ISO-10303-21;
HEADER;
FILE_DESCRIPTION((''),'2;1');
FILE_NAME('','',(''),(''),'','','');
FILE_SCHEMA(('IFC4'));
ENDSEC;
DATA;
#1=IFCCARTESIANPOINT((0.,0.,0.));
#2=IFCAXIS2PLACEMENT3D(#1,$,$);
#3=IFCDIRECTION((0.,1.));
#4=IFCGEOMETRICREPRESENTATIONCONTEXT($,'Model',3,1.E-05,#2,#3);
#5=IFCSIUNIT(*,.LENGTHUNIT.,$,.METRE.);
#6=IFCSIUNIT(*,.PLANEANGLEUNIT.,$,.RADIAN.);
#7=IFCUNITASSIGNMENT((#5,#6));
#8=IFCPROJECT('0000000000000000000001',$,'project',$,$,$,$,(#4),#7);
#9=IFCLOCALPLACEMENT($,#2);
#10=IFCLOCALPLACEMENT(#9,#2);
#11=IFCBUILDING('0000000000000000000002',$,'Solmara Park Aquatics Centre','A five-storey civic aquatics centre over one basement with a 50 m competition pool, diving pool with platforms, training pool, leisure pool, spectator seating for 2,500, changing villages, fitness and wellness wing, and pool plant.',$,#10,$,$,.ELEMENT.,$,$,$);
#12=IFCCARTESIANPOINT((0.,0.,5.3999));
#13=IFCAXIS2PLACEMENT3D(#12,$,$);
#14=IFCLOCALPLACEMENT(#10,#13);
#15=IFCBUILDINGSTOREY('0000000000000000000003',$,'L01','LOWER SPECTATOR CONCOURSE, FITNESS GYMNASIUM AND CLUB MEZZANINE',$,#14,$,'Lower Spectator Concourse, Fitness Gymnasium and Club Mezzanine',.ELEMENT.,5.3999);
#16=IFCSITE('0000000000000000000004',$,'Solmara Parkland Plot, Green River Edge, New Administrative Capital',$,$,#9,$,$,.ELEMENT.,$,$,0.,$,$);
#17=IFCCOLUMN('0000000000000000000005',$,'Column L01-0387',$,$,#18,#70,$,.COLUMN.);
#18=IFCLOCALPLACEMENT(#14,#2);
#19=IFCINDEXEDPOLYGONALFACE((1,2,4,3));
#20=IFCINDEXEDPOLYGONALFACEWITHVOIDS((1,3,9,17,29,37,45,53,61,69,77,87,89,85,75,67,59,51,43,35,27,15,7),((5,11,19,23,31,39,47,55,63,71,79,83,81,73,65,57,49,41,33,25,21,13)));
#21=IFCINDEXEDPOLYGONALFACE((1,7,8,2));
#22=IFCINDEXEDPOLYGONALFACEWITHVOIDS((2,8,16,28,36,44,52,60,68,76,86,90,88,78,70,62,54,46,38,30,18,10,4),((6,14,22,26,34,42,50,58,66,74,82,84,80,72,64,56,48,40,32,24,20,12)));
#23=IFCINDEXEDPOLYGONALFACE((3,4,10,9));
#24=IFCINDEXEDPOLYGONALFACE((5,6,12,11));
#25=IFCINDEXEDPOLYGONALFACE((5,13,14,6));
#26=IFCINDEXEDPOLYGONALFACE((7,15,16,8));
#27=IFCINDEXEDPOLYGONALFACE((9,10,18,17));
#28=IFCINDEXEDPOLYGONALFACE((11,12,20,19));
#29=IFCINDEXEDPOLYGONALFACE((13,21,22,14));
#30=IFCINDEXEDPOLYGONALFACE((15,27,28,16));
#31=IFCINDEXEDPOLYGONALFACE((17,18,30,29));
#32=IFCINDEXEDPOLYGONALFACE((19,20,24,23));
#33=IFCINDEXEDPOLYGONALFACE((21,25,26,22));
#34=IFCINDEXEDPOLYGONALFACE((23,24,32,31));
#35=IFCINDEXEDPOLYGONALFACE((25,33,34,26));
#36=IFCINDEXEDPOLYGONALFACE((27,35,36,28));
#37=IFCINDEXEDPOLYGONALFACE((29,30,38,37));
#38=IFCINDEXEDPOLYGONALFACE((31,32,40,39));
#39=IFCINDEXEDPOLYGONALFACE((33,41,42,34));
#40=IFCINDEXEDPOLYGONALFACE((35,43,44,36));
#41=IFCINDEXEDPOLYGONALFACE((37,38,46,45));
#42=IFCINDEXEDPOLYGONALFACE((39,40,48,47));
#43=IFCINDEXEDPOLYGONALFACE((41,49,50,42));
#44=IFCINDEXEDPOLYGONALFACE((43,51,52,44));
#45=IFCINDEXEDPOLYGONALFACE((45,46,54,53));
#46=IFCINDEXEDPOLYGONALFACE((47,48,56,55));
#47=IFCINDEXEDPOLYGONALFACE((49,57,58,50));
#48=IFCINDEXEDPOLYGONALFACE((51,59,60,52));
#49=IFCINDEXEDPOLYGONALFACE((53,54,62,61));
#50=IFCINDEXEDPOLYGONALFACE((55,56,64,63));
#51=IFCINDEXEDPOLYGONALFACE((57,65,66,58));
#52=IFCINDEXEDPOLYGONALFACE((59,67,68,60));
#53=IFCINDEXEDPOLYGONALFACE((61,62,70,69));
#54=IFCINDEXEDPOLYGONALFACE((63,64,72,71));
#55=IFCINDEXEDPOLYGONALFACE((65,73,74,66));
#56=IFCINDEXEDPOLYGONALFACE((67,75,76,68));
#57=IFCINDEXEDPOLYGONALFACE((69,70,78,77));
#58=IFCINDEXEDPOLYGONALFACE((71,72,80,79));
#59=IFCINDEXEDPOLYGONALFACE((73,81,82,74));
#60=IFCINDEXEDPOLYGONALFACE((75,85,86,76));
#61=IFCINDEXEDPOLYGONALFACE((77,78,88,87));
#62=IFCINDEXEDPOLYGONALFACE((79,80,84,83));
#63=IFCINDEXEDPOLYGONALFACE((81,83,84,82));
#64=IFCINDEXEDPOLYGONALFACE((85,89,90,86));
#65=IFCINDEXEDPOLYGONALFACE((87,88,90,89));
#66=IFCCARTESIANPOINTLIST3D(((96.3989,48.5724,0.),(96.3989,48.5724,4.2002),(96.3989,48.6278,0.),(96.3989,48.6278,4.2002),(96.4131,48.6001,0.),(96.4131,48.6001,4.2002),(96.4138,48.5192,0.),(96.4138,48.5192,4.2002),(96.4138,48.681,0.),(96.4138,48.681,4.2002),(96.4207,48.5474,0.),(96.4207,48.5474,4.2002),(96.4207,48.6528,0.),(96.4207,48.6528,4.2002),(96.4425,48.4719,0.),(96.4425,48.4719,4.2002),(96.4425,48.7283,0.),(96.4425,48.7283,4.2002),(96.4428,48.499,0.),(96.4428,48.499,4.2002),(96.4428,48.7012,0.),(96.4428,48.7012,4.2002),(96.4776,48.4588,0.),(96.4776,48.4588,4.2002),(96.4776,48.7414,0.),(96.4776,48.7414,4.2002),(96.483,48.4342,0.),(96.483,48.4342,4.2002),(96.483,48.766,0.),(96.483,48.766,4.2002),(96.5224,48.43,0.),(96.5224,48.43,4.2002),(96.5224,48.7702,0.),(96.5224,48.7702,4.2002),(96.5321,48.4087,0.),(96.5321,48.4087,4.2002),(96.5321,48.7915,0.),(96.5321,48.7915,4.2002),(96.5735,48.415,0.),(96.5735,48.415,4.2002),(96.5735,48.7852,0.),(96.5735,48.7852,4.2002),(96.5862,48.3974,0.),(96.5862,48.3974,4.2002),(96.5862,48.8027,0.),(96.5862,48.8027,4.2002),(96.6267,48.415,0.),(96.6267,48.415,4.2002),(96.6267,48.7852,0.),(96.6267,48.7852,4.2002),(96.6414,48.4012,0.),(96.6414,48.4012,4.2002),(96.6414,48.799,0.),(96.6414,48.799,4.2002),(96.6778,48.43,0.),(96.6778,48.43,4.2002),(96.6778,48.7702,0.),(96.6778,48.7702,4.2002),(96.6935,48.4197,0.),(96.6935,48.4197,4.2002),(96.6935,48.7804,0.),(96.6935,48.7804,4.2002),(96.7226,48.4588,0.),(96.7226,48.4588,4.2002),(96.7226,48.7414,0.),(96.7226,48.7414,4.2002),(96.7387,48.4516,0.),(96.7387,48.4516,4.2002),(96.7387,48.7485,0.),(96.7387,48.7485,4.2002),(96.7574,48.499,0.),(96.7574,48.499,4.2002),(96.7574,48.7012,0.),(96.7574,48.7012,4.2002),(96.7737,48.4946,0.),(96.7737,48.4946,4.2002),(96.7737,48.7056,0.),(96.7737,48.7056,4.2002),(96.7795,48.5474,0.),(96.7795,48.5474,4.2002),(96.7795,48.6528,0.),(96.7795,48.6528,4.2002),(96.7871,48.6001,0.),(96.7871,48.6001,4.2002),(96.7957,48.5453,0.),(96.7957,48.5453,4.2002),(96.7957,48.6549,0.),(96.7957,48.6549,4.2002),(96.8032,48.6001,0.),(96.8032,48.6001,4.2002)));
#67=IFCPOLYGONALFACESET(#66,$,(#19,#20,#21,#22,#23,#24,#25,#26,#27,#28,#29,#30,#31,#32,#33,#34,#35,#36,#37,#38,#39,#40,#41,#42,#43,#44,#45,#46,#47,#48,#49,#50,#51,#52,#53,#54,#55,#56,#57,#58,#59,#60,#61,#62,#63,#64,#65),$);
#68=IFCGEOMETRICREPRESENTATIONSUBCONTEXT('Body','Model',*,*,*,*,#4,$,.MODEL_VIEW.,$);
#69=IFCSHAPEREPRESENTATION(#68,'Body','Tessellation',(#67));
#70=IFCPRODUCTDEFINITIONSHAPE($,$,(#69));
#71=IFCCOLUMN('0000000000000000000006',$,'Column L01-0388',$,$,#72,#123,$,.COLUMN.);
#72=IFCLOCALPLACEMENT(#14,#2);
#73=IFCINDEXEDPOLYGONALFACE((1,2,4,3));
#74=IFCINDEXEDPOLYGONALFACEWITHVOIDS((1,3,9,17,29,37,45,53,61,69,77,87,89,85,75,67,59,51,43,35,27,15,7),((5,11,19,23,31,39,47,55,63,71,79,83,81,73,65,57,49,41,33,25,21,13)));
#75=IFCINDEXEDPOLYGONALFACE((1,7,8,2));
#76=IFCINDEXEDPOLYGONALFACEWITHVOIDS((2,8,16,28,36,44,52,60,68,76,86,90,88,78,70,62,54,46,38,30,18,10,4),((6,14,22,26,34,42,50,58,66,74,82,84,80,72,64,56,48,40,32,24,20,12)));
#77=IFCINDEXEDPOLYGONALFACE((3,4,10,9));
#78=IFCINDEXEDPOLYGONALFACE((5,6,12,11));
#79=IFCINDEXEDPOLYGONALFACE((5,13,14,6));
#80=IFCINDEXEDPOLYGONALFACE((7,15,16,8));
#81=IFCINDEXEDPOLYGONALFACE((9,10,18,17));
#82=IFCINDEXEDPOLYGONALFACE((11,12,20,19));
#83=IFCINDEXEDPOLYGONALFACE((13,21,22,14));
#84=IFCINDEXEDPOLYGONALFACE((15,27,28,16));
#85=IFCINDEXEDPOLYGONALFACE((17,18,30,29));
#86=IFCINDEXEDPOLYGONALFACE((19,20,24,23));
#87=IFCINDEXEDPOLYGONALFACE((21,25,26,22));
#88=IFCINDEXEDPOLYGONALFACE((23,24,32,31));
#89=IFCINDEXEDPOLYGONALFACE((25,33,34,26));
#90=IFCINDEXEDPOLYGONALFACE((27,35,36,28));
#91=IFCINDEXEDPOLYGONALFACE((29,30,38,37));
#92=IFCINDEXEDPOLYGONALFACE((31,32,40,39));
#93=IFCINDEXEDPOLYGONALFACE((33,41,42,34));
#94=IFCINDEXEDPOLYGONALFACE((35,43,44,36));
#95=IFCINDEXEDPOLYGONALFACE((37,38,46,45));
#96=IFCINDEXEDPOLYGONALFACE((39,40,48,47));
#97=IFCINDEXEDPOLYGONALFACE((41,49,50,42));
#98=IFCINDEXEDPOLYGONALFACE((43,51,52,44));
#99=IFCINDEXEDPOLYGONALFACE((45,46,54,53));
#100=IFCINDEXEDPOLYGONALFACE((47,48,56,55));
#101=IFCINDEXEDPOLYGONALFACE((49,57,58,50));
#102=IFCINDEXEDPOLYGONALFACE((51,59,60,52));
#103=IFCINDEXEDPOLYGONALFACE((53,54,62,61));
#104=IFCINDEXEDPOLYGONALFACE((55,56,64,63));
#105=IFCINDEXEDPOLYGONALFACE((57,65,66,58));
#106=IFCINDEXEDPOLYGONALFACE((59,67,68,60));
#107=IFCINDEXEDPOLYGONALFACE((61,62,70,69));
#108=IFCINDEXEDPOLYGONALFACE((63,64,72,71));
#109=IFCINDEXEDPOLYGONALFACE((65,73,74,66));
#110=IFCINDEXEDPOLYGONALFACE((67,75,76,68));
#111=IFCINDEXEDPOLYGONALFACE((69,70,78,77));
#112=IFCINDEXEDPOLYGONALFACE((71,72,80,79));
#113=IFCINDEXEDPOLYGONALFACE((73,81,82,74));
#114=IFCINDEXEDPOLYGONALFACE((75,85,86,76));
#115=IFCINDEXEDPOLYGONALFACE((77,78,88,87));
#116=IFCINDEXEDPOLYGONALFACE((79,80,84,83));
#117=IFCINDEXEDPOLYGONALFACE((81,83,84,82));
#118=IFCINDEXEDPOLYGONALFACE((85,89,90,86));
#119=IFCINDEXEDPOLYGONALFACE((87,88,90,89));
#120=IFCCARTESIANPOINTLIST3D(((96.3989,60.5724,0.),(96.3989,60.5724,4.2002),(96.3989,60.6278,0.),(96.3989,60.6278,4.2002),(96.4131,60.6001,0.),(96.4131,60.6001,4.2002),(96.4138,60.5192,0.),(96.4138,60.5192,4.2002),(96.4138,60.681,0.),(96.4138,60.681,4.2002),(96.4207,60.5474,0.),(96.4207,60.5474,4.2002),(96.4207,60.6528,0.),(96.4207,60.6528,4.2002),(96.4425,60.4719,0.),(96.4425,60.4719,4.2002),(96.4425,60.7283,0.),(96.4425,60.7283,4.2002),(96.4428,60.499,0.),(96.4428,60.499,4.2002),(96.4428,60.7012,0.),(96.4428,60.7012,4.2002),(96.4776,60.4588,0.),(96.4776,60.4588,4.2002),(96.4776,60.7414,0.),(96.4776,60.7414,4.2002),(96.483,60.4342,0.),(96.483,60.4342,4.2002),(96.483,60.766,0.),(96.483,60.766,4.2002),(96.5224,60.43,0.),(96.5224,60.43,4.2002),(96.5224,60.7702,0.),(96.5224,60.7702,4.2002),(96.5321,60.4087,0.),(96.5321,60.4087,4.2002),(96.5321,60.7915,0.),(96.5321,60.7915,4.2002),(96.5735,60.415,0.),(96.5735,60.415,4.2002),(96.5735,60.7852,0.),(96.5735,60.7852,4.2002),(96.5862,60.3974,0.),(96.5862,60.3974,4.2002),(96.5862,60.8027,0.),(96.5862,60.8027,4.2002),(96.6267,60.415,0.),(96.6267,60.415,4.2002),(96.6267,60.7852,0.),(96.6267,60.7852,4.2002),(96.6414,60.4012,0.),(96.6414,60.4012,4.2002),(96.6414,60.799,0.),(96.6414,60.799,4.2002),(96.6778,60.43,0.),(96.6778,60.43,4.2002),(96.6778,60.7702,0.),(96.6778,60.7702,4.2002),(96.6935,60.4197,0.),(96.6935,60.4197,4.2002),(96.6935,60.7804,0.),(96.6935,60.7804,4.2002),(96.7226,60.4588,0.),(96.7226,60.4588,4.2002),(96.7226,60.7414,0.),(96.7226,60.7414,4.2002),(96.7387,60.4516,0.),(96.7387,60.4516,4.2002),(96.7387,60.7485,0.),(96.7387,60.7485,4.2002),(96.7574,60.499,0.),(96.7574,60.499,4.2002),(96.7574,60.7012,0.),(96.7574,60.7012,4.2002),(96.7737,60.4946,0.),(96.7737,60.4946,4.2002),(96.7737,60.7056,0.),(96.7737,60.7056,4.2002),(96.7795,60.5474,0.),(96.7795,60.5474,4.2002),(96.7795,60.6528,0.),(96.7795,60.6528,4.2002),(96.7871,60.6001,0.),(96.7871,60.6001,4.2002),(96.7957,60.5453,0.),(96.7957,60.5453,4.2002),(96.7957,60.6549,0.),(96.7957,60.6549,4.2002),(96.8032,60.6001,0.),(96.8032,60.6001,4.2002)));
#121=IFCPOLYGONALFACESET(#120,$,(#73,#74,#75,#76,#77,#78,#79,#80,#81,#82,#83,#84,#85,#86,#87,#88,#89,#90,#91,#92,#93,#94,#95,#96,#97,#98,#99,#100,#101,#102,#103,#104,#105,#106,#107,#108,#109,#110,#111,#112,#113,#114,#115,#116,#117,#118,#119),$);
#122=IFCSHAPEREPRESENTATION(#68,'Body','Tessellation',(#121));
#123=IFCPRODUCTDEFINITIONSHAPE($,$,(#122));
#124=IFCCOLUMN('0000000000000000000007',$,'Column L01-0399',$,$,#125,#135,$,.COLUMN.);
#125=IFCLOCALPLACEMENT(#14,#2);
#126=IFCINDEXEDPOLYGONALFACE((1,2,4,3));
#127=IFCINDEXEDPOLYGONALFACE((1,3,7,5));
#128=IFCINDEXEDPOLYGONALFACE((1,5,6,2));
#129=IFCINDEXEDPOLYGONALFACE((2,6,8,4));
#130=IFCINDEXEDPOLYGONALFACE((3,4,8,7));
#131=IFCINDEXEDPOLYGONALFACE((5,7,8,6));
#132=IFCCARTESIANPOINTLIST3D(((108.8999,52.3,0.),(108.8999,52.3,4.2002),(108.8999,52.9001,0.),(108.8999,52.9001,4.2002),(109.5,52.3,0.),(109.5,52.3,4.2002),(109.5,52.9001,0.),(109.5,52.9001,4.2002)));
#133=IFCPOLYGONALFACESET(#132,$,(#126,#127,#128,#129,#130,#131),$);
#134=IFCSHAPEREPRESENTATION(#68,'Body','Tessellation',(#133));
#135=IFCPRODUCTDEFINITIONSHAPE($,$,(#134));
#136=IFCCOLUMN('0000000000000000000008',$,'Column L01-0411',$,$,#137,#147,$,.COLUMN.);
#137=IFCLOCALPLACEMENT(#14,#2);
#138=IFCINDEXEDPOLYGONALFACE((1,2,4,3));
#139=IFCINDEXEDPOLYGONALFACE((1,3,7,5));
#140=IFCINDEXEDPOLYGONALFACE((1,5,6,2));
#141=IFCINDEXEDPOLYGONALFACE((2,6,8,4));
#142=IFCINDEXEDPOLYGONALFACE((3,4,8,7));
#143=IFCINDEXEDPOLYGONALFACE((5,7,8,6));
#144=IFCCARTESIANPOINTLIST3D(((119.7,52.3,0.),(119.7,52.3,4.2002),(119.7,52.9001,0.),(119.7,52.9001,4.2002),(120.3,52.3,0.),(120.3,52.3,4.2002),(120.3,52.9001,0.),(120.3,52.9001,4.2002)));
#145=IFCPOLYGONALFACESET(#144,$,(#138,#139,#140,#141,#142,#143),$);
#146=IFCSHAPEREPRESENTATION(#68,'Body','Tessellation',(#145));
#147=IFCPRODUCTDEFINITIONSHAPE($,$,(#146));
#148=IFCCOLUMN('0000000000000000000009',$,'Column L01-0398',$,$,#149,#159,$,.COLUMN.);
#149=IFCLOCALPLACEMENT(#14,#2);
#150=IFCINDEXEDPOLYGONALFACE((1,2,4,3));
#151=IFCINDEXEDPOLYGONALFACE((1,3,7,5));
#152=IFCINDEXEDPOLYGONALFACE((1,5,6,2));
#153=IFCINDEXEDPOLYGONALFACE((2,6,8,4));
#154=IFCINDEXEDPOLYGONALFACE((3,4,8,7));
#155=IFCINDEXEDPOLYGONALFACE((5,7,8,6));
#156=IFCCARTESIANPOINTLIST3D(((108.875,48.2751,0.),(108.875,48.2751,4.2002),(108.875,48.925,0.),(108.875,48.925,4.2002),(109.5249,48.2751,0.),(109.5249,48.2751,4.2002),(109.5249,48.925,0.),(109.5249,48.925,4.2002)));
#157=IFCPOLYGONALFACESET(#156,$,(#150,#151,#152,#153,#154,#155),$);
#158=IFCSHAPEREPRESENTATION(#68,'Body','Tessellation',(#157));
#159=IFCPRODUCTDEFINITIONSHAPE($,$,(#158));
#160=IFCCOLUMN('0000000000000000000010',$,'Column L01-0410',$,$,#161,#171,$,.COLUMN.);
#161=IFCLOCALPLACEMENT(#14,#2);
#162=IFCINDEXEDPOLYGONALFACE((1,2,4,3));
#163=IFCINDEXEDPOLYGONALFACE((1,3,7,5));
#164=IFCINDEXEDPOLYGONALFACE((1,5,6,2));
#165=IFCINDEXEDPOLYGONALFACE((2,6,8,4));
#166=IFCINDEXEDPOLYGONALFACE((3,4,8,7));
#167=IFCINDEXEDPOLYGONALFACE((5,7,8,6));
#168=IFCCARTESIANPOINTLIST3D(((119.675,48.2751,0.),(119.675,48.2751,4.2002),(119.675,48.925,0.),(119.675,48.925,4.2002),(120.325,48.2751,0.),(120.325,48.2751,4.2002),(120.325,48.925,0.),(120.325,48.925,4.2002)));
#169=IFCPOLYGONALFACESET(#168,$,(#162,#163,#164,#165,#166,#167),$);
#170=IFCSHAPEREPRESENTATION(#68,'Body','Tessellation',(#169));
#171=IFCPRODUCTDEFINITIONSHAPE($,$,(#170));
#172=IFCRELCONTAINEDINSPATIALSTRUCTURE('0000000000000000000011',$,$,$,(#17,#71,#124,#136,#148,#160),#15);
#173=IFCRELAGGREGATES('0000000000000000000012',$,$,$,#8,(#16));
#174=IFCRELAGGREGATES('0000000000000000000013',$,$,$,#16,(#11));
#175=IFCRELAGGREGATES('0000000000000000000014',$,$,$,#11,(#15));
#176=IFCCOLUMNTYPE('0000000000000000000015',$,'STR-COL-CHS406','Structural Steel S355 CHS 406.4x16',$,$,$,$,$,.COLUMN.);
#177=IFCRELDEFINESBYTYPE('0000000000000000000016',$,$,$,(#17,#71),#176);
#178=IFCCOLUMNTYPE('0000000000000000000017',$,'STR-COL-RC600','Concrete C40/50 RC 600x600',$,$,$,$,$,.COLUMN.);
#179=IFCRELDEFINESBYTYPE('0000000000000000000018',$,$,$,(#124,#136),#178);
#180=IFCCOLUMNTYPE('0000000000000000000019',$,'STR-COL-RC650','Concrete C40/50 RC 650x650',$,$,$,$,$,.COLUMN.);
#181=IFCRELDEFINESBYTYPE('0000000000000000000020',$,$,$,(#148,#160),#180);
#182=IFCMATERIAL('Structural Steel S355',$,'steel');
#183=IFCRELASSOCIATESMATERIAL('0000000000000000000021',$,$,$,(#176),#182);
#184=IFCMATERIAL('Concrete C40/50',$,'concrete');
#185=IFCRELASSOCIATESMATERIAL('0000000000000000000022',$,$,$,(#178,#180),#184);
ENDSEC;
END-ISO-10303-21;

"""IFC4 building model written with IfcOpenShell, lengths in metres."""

from ifc_helpers import new_model, si_unit, direction, frame, origin, origin_2d, place, context, subcontext, project, spatial, rectangle, hollow_circle, extrude, material, material_profile, profile_set, type_object, element, save


model = new_model("IFC4")

# Units and contexts
model_context = context("Model", 3, precision=1e-05, world=origin(), true_north=direction((0.0, 1.0)))
body_context = subcontext(model_context, "Body", "Model", "MODEL_VIEW")
ifc_project = project(units=[si_unit("LENGTHUNIT", "METRE"), si_unit("PLANEANGLEUNIT", "RADIAN")], contexts=[model_context])

# Site, building, storey
site_placement = place(None, origin())
site = spatial("IfcSite", under=ifc_project, at=site_placement, Name="Solmara Parkland Plot, Green River Edge, New Administrative Capital", CompositionType="ELEMENT", RefElevation=0.0)
building_placement = place(site_placement, origin())
building = spatial("IfcBuilding", under=site, at=building_placement, Name="Solmara Park Aquatics Centre", Description="A five-storey civic aquatics centre over one basement with a 50 m competition pool, diving pool with platforms, training pool, leisure pool, spectator seating for 2,500, changing villages, fitness and wellness wing, and pool plant.", CompositionType="ELEMENT")
storey_placement = place(building_placement, frame((0.0, 0.0, 5.3999)))
storey = spatial("IfcBuildingStorey", under=building, at=storey_placement, Name="L01", Description="LOWER SPECTATOR CONCOURSE, FITNESS GYMNASIUM AND CLUB MEZZANINE", LongName="Lower Spectator Concourse, Fitness Gymnasium and Club Mezzanine", CompositionType="ELEMENT", Elevation=5.3999)

# Columns
ifc_material_1 = material(Name="Structural Steel S355", Category="steel")
ifc_material_profile_1 = material_profile(ifc_material_1, hollow_circle(Radius=0.2031, WallThickness=0.0161, at=origin_2d()), Name="CHS 406.4x16")
ifc_profile_set_1 = profile_set([ifc_material_profile_1], Name="Structural Steel S355")
column_type_1 = type_object("IfcColumnType", Name="STR-COL-CHS406", Description="Structural Steel S355 CHS 406.4x16", PredefinedType="COLUMN", material=ifc_profile_set_1)
for number, where, z_axis, x_axis, name in (
    (1, (96.6001, 48.6001, 0.0), (0.0, 0.0, 1.0), (1.0, 0.0, 0.0), "Column L01-0387"),
    (2, (96.6001, 60.6001, 0.0), (0.0, 0.0, 1.0), (1.0, 0.0, 0.0), "Column L01-0388"),
):
    element("IfcColumn", number, at=place(storey_placement, frame(where, z_axis=z_axis, x_axis=x_axis)), inside=storey, type_object=column_type_1, Name=name, PredefinedType="COLUMN", context=body_context, shape_type="SweptSolid", body=[
        extrude(hollow_circle(Radius=0.2031, WallThickness=0.0161, at=origin_2d()), origin(), (0.0, 0.0, 1.0), 4.2002),
    ])
ifc_material_2 = material(Name="Concrete C40/50", Category="concrete")
ifc_material_profile_2 = material_profile(ifc_material_2, rectangle(XDim=0.6001, YDim=0.6001, at=origin_2d()), Name="RC 600x600")
ifc_profile_set_2 = profile_set([ifc_material_profile_2], Name="Concrete C40/50")
column_type_2 = type_object("IfcColumnType", Name="STR-COL-RC600", Description="Concrete C40/50 RC 600x600", PredefinedType="COLUMN", material=ifc_profile_set_2)
for number, where, z_axis, x_axis, name in (
    (3, (109.2, 52.6001, 0.0), (0.0, 0.0, 1.0), (1.0, 0.0, 0.0), "Column L01-0399"),
    (4, (120.0, 52.6001, 0.0), (0.0, 0.0, 1.0), (1.0, 0.0, 0.0), "Column L01-0411"),
):
    element("IfcColumn", number, at=place(storey_placement, frame(where, z_axis=z_axis, x_axis=x_axis)), inside=storey, type_object=column_type_2, Name=name, PredefinedType="COLUMN", context=body_context, shape_type="SweptSolid", body=[
        extrude(rectangle(XDim=0.6001, YDim=0.6001, at=origin_2d()), origin(), (0.0, 0.0, 1.0), 4.2002),
    ])
ifc_material_profile_3 = material_profile(ifc_material_2, rectangle(XDim=0.6499, YDim=0.6499, at=origin_2d()), Name="RC 650x650")
ifc_profile_set_3 = profile_set([ifc_material_profile_3], Name="Concrete C40/50")
column_type_3 = type_object("IfcColumnType", Name="STR-COL-RC650", Description="Concrete C40/50 RC 650x650", PredefinedType="COLUMN", material=ifc_profile_set_3)
for number, where, z_axis, x_axis, name in (
    (5, (109.2, 48.6001, 0.0), (0.0, 0.0, 1.0), (1.0, 0.0, 0.0), "Column L01-0398"),
    (6, (120.0, 48.6001, 0.0), (0.0, 0.0, 1.0), (1.0, 0.0, 0.0), "Column L01-0410"),
):
    element("IfcColumn", number, at=place(storey_placement, frame(where, z_axis=z_axis, x_axis=x_axis)), inside=storey, type_object=column_type_3, Name=name, PredefinedType="COLUMN", context=body_context, shape_type="SweptSolid", body=[
        extrude(rectangle(XDim=0.6499, YDim=0.6499, at=origin_2d()), origin(), (0.0, 0.0, 1.0), 4.2002),
    ])

save(model, "model.ifc")
